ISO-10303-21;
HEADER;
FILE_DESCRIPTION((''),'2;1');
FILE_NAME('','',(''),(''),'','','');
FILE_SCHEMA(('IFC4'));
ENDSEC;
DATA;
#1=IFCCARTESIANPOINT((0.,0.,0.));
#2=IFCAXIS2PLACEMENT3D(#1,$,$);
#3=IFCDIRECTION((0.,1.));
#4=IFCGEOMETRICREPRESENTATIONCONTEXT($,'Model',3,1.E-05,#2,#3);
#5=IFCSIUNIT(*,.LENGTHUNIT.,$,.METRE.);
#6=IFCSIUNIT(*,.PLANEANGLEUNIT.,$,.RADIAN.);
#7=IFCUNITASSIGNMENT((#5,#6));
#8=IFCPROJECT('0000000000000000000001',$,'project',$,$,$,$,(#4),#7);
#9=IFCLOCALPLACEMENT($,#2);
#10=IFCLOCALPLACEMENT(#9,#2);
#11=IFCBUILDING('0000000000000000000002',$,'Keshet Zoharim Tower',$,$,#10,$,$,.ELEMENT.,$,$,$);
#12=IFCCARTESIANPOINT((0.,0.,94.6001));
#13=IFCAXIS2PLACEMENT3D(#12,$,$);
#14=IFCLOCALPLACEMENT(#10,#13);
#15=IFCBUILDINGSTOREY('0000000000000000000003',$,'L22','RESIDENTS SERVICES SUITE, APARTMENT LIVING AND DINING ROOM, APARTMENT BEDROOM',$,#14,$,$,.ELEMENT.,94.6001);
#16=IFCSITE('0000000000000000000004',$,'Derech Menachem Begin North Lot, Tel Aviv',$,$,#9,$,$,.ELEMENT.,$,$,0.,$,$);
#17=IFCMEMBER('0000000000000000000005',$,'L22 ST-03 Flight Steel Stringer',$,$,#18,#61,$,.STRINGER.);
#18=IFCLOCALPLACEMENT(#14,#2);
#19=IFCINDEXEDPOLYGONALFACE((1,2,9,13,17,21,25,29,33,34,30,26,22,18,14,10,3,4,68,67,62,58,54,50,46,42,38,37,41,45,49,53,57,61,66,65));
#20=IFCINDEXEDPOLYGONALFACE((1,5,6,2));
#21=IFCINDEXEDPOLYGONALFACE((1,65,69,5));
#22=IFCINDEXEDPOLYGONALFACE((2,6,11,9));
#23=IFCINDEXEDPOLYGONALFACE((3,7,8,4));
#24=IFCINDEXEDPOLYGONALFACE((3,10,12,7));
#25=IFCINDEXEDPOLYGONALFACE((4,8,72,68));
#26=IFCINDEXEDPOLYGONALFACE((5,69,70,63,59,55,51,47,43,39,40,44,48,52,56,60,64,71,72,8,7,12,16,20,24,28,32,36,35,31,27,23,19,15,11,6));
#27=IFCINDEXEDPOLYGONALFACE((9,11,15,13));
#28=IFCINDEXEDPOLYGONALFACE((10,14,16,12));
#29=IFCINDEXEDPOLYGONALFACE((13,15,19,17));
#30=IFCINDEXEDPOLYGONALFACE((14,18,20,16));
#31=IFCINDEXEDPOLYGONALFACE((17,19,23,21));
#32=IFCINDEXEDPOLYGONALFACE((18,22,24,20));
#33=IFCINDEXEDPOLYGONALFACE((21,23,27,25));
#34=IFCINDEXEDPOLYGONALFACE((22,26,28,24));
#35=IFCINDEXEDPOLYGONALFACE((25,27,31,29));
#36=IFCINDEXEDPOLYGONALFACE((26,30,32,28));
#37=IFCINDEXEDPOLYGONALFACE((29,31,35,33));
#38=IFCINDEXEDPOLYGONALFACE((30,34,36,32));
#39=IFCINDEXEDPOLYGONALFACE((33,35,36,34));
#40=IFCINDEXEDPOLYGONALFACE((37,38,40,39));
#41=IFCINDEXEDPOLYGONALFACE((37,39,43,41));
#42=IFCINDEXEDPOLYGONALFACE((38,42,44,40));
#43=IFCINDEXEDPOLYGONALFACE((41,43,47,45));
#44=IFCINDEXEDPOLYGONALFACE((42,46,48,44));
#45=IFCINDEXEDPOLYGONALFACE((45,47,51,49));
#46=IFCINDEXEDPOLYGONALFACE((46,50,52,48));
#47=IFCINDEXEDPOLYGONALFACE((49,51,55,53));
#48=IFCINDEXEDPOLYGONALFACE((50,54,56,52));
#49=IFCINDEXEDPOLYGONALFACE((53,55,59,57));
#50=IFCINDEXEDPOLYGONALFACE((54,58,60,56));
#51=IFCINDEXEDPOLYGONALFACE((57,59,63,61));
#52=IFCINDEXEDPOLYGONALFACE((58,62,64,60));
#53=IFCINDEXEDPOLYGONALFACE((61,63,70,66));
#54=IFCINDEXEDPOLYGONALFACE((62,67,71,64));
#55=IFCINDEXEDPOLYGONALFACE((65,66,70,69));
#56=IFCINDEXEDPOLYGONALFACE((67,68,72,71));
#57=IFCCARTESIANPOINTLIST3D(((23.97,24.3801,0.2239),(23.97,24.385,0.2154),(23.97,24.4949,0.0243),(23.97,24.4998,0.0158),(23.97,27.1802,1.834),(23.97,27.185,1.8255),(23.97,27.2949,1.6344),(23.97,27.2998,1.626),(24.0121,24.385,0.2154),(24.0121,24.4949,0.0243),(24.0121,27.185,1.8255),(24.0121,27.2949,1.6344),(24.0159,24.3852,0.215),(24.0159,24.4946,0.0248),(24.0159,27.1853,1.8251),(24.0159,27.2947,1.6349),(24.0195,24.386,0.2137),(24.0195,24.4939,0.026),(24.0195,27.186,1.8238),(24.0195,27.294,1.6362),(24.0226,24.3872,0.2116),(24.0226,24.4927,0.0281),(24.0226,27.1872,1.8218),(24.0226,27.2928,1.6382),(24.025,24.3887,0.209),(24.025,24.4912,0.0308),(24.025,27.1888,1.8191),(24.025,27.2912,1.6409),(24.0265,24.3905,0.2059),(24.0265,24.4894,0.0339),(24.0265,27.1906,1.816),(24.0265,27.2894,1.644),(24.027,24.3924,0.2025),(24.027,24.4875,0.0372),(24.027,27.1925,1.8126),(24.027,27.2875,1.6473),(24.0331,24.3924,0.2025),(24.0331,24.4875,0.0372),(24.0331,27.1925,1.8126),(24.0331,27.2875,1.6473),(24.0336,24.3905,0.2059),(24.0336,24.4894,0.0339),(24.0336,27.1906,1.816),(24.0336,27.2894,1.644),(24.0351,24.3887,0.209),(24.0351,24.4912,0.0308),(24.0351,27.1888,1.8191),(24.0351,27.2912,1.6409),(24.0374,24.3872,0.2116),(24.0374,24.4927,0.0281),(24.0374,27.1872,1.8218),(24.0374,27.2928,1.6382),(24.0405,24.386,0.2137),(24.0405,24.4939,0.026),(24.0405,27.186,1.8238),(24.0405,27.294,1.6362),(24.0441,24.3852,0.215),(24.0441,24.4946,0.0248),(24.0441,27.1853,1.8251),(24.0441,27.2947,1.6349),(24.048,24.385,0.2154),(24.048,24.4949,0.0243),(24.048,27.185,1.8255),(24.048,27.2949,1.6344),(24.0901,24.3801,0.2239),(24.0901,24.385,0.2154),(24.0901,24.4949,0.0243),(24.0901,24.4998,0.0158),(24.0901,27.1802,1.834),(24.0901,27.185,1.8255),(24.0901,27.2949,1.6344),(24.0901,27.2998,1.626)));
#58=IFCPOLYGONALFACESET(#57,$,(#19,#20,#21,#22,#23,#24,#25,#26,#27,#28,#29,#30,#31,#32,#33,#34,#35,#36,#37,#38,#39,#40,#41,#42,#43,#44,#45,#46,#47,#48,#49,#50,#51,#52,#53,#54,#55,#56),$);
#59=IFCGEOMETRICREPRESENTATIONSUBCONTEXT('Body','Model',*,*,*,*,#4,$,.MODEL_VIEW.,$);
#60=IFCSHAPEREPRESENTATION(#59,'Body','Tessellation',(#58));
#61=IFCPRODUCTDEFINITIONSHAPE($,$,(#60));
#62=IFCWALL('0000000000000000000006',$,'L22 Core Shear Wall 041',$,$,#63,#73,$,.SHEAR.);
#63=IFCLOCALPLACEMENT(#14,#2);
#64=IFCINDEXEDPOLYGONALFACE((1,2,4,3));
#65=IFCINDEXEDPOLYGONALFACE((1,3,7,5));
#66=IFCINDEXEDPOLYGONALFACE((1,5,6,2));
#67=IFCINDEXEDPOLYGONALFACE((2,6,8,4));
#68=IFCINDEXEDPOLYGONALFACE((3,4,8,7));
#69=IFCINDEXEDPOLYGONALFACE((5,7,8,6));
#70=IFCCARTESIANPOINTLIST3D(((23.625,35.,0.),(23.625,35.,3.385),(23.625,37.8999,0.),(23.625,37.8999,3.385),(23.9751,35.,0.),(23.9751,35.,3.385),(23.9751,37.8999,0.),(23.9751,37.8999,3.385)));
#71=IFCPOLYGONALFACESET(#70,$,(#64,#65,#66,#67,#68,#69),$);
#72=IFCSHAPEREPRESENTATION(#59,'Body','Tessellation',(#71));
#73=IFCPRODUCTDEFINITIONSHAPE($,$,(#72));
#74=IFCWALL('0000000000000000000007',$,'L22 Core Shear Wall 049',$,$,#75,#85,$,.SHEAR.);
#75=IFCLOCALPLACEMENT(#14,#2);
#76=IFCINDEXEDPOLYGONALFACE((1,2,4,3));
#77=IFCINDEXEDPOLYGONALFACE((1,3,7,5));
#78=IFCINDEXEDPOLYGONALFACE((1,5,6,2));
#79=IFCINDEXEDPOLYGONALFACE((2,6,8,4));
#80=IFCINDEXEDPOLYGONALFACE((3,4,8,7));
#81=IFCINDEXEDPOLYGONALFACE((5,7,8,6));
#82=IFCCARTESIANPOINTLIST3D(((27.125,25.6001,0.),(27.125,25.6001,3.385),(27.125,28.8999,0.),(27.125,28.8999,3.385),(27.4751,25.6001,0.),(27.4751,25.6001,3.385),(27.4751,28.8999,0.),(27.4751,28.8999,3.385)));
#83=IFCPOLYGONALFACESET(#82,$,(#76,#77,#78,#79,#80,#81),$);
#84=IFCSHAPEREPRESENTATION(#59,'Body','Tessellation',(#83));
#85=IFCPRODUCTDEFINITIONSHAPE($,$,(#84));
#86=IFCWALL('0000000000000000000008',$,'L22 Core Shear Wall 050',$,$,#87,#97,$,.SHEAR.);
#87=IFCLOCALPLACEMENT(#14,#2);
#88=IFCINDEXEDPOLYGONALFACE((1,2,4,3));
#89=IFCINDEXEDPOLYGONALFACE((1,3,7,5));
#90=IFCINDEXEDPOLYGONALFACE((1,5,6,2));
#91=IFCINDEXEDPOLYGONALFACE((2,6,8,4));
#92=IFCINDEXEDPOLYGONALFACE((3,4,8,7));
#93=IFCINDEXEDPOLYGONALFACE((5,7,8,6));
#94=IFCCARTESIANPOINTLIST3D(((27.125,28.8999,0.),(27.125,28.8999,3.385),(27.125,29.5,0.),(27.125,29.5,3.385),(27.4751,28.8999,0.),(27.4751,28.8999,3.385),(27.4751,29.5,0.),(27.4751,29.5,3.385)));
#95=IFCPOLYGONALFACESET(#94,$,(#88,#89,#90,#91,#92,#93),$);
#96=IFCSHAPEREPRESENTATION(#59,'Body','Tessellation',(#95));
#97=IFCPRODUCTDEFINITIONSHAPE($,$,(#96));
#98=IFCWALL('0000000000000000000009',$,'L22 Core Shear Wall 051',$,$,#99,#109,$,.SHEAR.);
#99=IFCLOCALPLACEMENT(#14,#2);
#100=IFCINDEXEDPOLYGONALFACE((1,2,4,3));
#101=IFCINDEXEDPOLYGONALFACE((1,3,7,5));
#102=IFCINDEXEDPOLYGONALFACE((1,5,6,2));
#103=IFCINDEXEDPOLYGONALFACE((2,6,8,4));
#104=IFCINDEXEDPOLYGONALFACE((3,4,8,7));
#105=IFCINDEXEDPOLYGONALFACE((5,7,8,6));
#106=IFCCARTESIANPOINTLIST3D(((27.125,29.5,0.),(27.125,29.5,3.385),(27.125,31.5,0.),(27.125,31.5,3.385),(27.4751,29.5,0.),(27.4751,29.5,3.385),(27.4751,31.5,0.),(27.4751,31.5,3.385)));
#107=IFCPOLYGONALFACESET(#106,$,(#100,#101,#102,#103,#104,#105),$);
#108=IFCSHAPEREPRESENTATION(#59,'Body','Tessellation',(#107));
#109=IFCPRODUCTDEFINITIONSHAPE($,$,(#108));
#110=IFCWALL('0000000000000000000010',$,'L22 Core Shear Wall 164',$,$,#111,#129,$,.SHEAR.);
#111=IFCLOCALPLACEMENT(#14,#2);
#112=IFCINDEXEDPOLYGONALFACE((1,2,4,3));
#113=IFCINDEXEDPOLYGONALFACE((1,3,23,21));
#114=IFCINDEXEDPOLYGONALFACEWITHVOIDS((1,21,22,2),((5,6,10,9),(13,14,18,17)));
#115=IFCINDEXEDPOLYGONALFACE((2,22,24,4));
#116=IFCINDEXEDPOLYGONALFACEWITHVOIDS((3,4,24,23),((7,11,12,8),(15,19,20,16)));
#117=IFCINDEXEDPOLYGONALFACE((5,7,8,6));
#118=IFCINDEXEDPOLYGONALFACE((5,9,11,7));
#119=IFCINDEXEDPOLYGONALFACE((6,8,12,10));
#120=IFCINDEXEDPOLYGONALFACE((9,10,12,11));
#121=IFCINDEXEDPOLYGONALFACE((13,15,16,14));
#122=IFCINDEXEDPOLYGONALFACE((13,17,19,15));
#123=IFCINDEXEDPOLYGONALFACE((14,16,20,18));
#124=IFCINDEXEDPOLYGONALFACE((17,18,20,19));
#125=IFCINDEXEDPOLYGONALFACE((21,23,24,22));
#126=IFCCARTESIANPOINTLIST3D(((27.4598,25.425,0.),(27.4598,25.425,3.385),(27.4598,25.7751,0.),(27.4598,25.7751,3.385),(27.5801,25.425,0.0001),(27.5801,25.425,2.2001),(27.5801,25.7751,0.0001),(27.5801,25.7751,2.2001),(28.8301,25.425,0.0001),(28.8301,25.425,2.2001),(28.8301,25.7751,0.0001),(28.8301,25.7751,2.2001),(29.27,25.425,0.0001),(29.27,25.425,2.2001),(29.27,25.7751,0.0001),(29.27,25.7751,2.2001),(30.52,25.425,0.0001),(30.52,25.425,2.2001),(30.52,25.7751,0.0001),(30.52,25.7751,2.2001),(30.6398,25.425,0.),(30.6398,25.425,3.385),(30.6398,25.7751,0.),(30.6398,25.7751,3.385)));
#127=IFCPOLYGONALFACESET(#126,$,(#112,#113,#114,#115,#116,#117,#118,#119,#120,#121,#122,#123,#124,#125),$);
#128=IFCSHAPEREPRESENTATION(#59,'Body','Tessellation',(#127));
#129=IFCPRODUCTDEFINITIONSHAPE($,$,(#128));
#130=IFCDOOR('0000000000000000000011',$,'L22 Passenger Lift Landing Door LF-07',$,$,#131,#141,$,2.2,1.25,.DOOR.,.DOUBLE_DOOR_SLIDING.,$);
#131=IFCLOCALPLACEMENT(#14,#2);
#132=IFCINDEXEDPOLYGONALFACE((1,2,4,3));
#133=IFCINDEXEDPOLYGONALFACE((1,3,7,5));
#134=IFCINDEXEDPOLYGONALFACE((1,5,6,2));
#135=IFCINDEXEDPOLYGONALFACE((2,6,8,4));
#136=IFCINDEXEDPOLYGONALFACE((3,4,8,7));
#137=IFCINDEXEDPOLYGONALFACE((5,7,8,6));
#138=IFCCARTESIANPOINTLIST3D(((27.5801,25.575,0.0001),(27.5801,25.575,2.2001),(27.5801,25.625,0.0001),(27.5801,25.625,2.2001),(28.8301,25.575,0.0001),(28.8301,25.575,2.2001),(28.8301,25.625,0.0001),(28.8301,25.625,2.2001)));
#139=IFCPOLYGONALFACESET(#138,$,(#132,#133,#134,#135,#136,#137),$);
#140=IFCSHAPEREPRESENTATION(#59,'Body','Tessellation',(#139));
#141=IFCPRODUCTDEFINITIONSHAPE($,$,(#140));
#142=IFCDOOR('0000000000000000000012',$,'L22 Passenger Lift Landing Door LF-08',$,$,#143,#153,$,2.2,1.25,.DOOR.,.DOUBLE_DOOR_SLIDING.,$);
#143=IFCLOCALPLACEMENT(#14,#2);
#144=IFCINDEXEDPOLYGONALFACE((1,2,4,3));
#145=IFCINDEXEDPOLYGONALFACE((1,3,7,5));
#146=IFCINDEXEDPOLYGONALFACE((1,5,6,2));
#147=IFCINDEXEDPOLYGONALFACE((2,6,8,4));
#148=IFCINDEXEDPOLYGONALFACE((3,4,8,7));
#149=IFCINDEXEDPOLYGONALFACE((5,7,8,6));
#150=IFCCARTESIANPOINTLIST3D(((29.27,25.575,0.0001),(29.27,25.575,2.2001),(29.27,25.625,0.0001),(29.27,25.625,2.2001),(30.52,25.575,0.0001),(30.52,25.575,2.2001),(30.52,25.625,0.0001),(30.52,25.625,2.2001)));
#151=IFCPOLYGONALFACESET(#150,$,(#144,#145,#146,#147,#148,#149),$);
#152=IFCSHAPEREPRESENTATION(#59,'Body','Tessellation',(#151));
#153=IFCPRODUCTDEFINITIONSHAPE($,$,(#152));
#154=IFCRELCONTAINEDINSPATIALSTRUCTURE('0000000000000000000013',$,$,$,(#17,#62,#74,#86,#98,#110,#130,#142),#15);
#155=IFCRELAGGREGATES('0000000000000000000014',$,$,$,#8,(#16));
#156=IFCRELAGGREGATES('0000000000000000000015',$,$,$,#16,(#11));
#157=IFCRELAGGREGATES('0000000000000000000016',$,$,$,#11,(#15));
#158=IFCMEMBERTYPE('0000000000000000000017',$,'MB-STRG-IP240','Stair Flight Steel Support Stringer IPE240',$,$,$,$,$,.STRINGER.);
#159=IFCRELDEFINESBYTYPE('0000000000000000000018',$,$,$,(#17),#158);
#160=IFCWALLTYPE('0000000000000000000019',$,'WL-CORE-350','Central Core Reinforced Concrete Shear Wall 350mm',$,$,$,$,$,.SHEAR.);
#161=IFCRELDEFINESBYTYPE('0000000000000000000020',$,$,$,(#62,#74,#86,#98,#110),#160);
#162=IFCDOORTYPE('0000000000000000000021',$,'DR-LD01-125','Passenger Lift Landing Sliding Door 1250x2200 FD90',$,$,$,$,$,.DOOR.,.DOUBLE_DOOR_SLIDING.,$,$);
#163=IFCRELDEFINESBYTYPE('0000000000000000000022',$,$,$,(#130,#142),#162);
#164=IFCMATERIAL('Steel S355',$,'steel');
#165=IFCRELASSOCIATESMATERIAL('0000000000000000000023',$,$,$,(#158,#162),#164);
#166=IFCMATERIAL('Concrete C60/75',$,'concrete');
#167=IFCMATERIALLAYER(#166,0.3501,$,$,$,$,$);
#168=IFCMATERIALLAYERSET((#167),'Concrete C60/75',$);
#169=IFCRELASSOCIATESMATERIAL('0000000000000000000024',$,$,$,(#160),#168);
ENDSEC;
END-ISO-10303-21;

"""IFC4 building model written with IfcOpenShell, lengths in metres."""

from ifc_helpers import new_model, si_unit, direction, frame, frame_2d, origin, origin_2d, place, context, subcontext, project, spatial, rectangle, i_section, extrude, material, layer, layer_set, material_profile, profile_set, type_object, element, fill, save


model = new_model("IFC4")

# Units and contexts
model_context = context("Model", 3, precision=1e-05, world=origin(), true_north=direction((0.0, 1.0)))
body_context = subcontext(model_context, "Body", "Model", "MODEL_VIEW")
ifc_project = project(units=[si_unit("LENGTHUNIT", "METRE"), si_unit("PLANEANGLEUNIT", "RADIAN")], contexts=[model_context])

# Site, building, storey
site_placement = place(None, origin())
site = spatial("IfcSite", under=ifc_project, at=site_placement, Name="Derech Menachem Begin North Lot, Tel Aviv", CompositionType="ELEMENT", RefElevation=0.0)
building_placement = place(site_placement, origin())
building = spatial("IfcBuilding", under=site, at=building_placement, Name="Keshet Zoharim Tower", CompositionType="ELEMENT")
storey_placement = place(building_placement, frame((0.0, 0.0, 94.6001)))
storey = spatial("IfcBuildingStorey", under=building, at=storey_placement, Name="L22", Description="RESIDENTS SERVICES SUITE, APARTMENT LIVING AND DINING ROOM, APARTMENT BEDROOM", CompositionType="ELEMENT", Elevation=94.6001)

# Member
ifc_material_1 = material(Name="Steel S355", Category="steel")
ifc_material_profile = material_profile(ifc_material_1, i_section(OverallWidth=0.1201, OverallDepth=0.24, WebThickness=0.0061, FlangeThickness=0.0098, FilletRadius=0.0149, at=origin_2d()), Name="IPE240")
ifc_profile_set = profile_set([ifc_material_profile], Name="Steel S355")
member_type = type_object("IfcMemberType", Name="MB-STRG-IP240", Description="Stair Flight Steel Support Stringer IPE240", PredefinedType="STRINGER", material=ifc_profile_set)
member_placement = place(storey_placement, frame((24.03, 24.4399, 0.1199), z_axis=(0.0, 0.866896, 0.49849), x_axis=(-1.0, 0.0, 0.0)))
element("IfcMember", 1, at=member_placement, inside=storey, type_object=member_type, Name="L22 ST-03 Flight Steel Stringer", PredefinedType="STRINGER", context=body_context, shape_type="SweptSolid", body=[
    extrude(i_section(OverallWidth=0.1201, OverallDepth=0.24, WebThickness=0.0061, FlangeThickness=0.0098, FilletRadius=0.0149, at=origin_2d()), origin(), (0.0, 0.0, 1.0), 3.23),
])

# Walls
ifc_material_2 = material(Name="Concrete C60/75", Category="concrete")
ifc_layer_1 = layer(ifc_material_2, 0.3501)
ifc_layer_set_1 = layer_set([ifc_layer_1], Name="Concrete C60/75")
wall_type_1 = type_object("IfcWallType", Name="WL-CORE-350", Description="Central Core Reinforced Concrete Shear Wall 350mm", PredefinedType="SHEAR", material=ifc_layer_set_1)
wall_1_placement = place(storey_placement, frame((23.8, 35.0, 0.0), z_axis=(0.0, 0.0, 1.0), x_axis=(0.0, 1.0, 0.0)))
element("IfcWall", 2, at=wall_1_placement, inside=storey, type_object=wall_type_1, Name="L22 Core Shear Wall 041", PredefinedType="SHEAR", context=body_context, shape_type="SweptSolid", body=[
    extrude(rectangle(XDim=2.8999, YDim=0.3501, at=frame_2d((1.45, 0.0))), origin(), (0.0, 0.0, 1.0), 3.385),
])
wall_2_placement = place(storey_placement, frame((27.3, 25.6001, 0.0), z_axis=(0.0, 0.0, 1.0), x_axis=(0.0, 1.0, 0.0)))
element("IfcWall", 3, at=wall_2_placement, inside=storey, type_object=wall_type_1, Name="L22 Core Shear Wall 049", PredefinedType="SHEAR", context=body_context, shape_type="SweptSolid", body=[
    extrude(rectangle(XDim=3.2998, YDim=0.3501, at=frame_2d((1.6499, 0.0))), origin(), (0.0, 0.0, 1.0), 3.385),
])
wall_3_placement = place(storey_placement, frame((27.3, 28.8999, 0.0), z_axis=(0.0, 0.0, 1.0), x_axis=(0.0, 1.0, 0.0)))
element("IfcWall", 4, at=wall_3_placement, inside=storey, type_object=wall_type_1, Name="L22 Core Shear Wall 050", PredefinedType="SHEAR", context=body_context, shape_type="SweptSolid", body=[
    extrude(rectangle(XDim=0.6001, YDim=0.3501, at=frame_2d((0.3, 0.0))), origin(), (0.0, 0.0, 1.0), 3.385),
])
wall_4_placement = place(storey_placement, frame((27.3, 29.5, 0.0), z_axis=(0.0, 0.0, 1.0), x_axis=(0.0, 1.0, 0.0)))
element("IfcWall", 5, at=wall_4_placement, inside=storey, type_object=wall_type_1, Name="L22 Core Shear Wall 051", PredefinedType="SHEAR", context=body_context, shape_type="SweptSolid", body=[
    extrude(rectangle(XDim=2.0, YDim=0.3501, at=frame_2d((1.0, 0.0))), origin(), (0.0, 0.0, 1.0), 3.385),
])

# Wall, openings, doors
wall_5_placement = place(storey_placement, frame((27.46, 25.6001, 0.0), z_axis=(0.0, 0.0, 1.0), x_axis=(1.0, 0.0, 0.0)))
wall_5 = element("IfcWall", 6, at=wall_5_placement, inside=storey, type_object=wall_type_1, Name="L22 Core Shear Wall 164", PredefinedType="SHEAR", context=body_context, shape_type="SweptSolid", body=[
    extrude(rectangle(XDim=3.1799, YDim=0.3501, at=frame_2d((1.5898, 0.0))), origin(), (0.0, 0.0, 1.0), 3.385),
])
opening_1_placement = place(wall_5_placement, frame((0.1201, 0.0, 0.0)))
opening_1 = element("IfcOpeningElement", 7, at=opening_1_placement, cuts=wall_5, PredefinedType="OPENING", context=body_context, shape_type="SweptSolid", body=[
    extrude(rectangle(XDim=1.25, YDim=2.2, at=frame_2d((0.625, 1.1001))), frame((0.0, 0.1851, 0.0), z_axis=(0.0, -1.0, 0.0), x_axis=(1.0, 0.0, 0.0)), (0.0, 0.0, 1.0), 0.3701),
])
opening_2_placement = place(wall_5_placement, frame((1.8101, 0.0, 0.0)))
opening_2 = element("IfcOpeningElement", 8, at=opening_2_placement, cuts=wall_5, PredefinedType="OPENING", context=body_context, shape_type="SweptSolid", body=[
    extrude(rectangle(XDim=1.25, YDim=2.2, at=frame_2d((0.625, 1.1001))), frame((0.0, 0.1851, 0.0), z_axis=(0.0, -1.0, 0.0), x_axis=(1.0, 0.0, 0.0)), (0.0, 0.0, 1.0), 0.3701),
])
door_type_1 = type_object("IfcDoorType", Name="DR-LD01-125", Description="Passenger Lift Landing Sliding Door 1250x2200 FD90", OperationType="DOUBLE_DOOR_SLIDING", PredefinedType="DOOR", material=ifc_material_1)
door_1_placement = place(opening_1_placement, origin())
door_1 = element("IfcDoor", 9, at=door_1_placement, inside=storey, type_object=door_type_1, Name="L22 Passenger Lift Landing Door LF-07", OperationType="DOUBLE_DOOR_SLIDING", OverallHeight=2.2, OverallWidth=1.25, PredefinedType="DOOR", context=body_context, shape_type="SweptSolid", body=[
    extrude(rectangle(XDim=1.25, YDim=2.2, at=frame_2d((0.625, 1.1001))), frame((0.0, 0.0249, 0.0), z_axis=(0.0, -1.0, 0.0), x_axis=(1.0, 0.0, 0.0)), (0.0, 0.0, 1.0), 0.05),
])
fill(opening_1, door_1)
door_2_placement = place(opening_2_placement, origin())
door_2 = element("IfcDoor", 10, at=door_2_placement, inside=storey, type_object=door_type_1, Name="L22 Passenger Lift Landing Door LF-08", OperationType="DOUBLE_DOOR_SLIDING", OverallHeight=2.2, OverallWidth=1.25, PredefinedType="DOOR", context=body_context, shape_type="SweptSolid", body=[
    extrude(rectangle(XDim=1.25, YDim=2.2, at=frame_2d((0.625, 1.1001))), frame((0.0, 0.0249, 0.0), z_axis=(0.0, -1.0, 0.0), x_axis=(1.0, 0.0, 0.0)), (0.0, 0.0, 1.0), 0.05),
])
fill(opening_2, door_2)

save(model, "model.ifc")
